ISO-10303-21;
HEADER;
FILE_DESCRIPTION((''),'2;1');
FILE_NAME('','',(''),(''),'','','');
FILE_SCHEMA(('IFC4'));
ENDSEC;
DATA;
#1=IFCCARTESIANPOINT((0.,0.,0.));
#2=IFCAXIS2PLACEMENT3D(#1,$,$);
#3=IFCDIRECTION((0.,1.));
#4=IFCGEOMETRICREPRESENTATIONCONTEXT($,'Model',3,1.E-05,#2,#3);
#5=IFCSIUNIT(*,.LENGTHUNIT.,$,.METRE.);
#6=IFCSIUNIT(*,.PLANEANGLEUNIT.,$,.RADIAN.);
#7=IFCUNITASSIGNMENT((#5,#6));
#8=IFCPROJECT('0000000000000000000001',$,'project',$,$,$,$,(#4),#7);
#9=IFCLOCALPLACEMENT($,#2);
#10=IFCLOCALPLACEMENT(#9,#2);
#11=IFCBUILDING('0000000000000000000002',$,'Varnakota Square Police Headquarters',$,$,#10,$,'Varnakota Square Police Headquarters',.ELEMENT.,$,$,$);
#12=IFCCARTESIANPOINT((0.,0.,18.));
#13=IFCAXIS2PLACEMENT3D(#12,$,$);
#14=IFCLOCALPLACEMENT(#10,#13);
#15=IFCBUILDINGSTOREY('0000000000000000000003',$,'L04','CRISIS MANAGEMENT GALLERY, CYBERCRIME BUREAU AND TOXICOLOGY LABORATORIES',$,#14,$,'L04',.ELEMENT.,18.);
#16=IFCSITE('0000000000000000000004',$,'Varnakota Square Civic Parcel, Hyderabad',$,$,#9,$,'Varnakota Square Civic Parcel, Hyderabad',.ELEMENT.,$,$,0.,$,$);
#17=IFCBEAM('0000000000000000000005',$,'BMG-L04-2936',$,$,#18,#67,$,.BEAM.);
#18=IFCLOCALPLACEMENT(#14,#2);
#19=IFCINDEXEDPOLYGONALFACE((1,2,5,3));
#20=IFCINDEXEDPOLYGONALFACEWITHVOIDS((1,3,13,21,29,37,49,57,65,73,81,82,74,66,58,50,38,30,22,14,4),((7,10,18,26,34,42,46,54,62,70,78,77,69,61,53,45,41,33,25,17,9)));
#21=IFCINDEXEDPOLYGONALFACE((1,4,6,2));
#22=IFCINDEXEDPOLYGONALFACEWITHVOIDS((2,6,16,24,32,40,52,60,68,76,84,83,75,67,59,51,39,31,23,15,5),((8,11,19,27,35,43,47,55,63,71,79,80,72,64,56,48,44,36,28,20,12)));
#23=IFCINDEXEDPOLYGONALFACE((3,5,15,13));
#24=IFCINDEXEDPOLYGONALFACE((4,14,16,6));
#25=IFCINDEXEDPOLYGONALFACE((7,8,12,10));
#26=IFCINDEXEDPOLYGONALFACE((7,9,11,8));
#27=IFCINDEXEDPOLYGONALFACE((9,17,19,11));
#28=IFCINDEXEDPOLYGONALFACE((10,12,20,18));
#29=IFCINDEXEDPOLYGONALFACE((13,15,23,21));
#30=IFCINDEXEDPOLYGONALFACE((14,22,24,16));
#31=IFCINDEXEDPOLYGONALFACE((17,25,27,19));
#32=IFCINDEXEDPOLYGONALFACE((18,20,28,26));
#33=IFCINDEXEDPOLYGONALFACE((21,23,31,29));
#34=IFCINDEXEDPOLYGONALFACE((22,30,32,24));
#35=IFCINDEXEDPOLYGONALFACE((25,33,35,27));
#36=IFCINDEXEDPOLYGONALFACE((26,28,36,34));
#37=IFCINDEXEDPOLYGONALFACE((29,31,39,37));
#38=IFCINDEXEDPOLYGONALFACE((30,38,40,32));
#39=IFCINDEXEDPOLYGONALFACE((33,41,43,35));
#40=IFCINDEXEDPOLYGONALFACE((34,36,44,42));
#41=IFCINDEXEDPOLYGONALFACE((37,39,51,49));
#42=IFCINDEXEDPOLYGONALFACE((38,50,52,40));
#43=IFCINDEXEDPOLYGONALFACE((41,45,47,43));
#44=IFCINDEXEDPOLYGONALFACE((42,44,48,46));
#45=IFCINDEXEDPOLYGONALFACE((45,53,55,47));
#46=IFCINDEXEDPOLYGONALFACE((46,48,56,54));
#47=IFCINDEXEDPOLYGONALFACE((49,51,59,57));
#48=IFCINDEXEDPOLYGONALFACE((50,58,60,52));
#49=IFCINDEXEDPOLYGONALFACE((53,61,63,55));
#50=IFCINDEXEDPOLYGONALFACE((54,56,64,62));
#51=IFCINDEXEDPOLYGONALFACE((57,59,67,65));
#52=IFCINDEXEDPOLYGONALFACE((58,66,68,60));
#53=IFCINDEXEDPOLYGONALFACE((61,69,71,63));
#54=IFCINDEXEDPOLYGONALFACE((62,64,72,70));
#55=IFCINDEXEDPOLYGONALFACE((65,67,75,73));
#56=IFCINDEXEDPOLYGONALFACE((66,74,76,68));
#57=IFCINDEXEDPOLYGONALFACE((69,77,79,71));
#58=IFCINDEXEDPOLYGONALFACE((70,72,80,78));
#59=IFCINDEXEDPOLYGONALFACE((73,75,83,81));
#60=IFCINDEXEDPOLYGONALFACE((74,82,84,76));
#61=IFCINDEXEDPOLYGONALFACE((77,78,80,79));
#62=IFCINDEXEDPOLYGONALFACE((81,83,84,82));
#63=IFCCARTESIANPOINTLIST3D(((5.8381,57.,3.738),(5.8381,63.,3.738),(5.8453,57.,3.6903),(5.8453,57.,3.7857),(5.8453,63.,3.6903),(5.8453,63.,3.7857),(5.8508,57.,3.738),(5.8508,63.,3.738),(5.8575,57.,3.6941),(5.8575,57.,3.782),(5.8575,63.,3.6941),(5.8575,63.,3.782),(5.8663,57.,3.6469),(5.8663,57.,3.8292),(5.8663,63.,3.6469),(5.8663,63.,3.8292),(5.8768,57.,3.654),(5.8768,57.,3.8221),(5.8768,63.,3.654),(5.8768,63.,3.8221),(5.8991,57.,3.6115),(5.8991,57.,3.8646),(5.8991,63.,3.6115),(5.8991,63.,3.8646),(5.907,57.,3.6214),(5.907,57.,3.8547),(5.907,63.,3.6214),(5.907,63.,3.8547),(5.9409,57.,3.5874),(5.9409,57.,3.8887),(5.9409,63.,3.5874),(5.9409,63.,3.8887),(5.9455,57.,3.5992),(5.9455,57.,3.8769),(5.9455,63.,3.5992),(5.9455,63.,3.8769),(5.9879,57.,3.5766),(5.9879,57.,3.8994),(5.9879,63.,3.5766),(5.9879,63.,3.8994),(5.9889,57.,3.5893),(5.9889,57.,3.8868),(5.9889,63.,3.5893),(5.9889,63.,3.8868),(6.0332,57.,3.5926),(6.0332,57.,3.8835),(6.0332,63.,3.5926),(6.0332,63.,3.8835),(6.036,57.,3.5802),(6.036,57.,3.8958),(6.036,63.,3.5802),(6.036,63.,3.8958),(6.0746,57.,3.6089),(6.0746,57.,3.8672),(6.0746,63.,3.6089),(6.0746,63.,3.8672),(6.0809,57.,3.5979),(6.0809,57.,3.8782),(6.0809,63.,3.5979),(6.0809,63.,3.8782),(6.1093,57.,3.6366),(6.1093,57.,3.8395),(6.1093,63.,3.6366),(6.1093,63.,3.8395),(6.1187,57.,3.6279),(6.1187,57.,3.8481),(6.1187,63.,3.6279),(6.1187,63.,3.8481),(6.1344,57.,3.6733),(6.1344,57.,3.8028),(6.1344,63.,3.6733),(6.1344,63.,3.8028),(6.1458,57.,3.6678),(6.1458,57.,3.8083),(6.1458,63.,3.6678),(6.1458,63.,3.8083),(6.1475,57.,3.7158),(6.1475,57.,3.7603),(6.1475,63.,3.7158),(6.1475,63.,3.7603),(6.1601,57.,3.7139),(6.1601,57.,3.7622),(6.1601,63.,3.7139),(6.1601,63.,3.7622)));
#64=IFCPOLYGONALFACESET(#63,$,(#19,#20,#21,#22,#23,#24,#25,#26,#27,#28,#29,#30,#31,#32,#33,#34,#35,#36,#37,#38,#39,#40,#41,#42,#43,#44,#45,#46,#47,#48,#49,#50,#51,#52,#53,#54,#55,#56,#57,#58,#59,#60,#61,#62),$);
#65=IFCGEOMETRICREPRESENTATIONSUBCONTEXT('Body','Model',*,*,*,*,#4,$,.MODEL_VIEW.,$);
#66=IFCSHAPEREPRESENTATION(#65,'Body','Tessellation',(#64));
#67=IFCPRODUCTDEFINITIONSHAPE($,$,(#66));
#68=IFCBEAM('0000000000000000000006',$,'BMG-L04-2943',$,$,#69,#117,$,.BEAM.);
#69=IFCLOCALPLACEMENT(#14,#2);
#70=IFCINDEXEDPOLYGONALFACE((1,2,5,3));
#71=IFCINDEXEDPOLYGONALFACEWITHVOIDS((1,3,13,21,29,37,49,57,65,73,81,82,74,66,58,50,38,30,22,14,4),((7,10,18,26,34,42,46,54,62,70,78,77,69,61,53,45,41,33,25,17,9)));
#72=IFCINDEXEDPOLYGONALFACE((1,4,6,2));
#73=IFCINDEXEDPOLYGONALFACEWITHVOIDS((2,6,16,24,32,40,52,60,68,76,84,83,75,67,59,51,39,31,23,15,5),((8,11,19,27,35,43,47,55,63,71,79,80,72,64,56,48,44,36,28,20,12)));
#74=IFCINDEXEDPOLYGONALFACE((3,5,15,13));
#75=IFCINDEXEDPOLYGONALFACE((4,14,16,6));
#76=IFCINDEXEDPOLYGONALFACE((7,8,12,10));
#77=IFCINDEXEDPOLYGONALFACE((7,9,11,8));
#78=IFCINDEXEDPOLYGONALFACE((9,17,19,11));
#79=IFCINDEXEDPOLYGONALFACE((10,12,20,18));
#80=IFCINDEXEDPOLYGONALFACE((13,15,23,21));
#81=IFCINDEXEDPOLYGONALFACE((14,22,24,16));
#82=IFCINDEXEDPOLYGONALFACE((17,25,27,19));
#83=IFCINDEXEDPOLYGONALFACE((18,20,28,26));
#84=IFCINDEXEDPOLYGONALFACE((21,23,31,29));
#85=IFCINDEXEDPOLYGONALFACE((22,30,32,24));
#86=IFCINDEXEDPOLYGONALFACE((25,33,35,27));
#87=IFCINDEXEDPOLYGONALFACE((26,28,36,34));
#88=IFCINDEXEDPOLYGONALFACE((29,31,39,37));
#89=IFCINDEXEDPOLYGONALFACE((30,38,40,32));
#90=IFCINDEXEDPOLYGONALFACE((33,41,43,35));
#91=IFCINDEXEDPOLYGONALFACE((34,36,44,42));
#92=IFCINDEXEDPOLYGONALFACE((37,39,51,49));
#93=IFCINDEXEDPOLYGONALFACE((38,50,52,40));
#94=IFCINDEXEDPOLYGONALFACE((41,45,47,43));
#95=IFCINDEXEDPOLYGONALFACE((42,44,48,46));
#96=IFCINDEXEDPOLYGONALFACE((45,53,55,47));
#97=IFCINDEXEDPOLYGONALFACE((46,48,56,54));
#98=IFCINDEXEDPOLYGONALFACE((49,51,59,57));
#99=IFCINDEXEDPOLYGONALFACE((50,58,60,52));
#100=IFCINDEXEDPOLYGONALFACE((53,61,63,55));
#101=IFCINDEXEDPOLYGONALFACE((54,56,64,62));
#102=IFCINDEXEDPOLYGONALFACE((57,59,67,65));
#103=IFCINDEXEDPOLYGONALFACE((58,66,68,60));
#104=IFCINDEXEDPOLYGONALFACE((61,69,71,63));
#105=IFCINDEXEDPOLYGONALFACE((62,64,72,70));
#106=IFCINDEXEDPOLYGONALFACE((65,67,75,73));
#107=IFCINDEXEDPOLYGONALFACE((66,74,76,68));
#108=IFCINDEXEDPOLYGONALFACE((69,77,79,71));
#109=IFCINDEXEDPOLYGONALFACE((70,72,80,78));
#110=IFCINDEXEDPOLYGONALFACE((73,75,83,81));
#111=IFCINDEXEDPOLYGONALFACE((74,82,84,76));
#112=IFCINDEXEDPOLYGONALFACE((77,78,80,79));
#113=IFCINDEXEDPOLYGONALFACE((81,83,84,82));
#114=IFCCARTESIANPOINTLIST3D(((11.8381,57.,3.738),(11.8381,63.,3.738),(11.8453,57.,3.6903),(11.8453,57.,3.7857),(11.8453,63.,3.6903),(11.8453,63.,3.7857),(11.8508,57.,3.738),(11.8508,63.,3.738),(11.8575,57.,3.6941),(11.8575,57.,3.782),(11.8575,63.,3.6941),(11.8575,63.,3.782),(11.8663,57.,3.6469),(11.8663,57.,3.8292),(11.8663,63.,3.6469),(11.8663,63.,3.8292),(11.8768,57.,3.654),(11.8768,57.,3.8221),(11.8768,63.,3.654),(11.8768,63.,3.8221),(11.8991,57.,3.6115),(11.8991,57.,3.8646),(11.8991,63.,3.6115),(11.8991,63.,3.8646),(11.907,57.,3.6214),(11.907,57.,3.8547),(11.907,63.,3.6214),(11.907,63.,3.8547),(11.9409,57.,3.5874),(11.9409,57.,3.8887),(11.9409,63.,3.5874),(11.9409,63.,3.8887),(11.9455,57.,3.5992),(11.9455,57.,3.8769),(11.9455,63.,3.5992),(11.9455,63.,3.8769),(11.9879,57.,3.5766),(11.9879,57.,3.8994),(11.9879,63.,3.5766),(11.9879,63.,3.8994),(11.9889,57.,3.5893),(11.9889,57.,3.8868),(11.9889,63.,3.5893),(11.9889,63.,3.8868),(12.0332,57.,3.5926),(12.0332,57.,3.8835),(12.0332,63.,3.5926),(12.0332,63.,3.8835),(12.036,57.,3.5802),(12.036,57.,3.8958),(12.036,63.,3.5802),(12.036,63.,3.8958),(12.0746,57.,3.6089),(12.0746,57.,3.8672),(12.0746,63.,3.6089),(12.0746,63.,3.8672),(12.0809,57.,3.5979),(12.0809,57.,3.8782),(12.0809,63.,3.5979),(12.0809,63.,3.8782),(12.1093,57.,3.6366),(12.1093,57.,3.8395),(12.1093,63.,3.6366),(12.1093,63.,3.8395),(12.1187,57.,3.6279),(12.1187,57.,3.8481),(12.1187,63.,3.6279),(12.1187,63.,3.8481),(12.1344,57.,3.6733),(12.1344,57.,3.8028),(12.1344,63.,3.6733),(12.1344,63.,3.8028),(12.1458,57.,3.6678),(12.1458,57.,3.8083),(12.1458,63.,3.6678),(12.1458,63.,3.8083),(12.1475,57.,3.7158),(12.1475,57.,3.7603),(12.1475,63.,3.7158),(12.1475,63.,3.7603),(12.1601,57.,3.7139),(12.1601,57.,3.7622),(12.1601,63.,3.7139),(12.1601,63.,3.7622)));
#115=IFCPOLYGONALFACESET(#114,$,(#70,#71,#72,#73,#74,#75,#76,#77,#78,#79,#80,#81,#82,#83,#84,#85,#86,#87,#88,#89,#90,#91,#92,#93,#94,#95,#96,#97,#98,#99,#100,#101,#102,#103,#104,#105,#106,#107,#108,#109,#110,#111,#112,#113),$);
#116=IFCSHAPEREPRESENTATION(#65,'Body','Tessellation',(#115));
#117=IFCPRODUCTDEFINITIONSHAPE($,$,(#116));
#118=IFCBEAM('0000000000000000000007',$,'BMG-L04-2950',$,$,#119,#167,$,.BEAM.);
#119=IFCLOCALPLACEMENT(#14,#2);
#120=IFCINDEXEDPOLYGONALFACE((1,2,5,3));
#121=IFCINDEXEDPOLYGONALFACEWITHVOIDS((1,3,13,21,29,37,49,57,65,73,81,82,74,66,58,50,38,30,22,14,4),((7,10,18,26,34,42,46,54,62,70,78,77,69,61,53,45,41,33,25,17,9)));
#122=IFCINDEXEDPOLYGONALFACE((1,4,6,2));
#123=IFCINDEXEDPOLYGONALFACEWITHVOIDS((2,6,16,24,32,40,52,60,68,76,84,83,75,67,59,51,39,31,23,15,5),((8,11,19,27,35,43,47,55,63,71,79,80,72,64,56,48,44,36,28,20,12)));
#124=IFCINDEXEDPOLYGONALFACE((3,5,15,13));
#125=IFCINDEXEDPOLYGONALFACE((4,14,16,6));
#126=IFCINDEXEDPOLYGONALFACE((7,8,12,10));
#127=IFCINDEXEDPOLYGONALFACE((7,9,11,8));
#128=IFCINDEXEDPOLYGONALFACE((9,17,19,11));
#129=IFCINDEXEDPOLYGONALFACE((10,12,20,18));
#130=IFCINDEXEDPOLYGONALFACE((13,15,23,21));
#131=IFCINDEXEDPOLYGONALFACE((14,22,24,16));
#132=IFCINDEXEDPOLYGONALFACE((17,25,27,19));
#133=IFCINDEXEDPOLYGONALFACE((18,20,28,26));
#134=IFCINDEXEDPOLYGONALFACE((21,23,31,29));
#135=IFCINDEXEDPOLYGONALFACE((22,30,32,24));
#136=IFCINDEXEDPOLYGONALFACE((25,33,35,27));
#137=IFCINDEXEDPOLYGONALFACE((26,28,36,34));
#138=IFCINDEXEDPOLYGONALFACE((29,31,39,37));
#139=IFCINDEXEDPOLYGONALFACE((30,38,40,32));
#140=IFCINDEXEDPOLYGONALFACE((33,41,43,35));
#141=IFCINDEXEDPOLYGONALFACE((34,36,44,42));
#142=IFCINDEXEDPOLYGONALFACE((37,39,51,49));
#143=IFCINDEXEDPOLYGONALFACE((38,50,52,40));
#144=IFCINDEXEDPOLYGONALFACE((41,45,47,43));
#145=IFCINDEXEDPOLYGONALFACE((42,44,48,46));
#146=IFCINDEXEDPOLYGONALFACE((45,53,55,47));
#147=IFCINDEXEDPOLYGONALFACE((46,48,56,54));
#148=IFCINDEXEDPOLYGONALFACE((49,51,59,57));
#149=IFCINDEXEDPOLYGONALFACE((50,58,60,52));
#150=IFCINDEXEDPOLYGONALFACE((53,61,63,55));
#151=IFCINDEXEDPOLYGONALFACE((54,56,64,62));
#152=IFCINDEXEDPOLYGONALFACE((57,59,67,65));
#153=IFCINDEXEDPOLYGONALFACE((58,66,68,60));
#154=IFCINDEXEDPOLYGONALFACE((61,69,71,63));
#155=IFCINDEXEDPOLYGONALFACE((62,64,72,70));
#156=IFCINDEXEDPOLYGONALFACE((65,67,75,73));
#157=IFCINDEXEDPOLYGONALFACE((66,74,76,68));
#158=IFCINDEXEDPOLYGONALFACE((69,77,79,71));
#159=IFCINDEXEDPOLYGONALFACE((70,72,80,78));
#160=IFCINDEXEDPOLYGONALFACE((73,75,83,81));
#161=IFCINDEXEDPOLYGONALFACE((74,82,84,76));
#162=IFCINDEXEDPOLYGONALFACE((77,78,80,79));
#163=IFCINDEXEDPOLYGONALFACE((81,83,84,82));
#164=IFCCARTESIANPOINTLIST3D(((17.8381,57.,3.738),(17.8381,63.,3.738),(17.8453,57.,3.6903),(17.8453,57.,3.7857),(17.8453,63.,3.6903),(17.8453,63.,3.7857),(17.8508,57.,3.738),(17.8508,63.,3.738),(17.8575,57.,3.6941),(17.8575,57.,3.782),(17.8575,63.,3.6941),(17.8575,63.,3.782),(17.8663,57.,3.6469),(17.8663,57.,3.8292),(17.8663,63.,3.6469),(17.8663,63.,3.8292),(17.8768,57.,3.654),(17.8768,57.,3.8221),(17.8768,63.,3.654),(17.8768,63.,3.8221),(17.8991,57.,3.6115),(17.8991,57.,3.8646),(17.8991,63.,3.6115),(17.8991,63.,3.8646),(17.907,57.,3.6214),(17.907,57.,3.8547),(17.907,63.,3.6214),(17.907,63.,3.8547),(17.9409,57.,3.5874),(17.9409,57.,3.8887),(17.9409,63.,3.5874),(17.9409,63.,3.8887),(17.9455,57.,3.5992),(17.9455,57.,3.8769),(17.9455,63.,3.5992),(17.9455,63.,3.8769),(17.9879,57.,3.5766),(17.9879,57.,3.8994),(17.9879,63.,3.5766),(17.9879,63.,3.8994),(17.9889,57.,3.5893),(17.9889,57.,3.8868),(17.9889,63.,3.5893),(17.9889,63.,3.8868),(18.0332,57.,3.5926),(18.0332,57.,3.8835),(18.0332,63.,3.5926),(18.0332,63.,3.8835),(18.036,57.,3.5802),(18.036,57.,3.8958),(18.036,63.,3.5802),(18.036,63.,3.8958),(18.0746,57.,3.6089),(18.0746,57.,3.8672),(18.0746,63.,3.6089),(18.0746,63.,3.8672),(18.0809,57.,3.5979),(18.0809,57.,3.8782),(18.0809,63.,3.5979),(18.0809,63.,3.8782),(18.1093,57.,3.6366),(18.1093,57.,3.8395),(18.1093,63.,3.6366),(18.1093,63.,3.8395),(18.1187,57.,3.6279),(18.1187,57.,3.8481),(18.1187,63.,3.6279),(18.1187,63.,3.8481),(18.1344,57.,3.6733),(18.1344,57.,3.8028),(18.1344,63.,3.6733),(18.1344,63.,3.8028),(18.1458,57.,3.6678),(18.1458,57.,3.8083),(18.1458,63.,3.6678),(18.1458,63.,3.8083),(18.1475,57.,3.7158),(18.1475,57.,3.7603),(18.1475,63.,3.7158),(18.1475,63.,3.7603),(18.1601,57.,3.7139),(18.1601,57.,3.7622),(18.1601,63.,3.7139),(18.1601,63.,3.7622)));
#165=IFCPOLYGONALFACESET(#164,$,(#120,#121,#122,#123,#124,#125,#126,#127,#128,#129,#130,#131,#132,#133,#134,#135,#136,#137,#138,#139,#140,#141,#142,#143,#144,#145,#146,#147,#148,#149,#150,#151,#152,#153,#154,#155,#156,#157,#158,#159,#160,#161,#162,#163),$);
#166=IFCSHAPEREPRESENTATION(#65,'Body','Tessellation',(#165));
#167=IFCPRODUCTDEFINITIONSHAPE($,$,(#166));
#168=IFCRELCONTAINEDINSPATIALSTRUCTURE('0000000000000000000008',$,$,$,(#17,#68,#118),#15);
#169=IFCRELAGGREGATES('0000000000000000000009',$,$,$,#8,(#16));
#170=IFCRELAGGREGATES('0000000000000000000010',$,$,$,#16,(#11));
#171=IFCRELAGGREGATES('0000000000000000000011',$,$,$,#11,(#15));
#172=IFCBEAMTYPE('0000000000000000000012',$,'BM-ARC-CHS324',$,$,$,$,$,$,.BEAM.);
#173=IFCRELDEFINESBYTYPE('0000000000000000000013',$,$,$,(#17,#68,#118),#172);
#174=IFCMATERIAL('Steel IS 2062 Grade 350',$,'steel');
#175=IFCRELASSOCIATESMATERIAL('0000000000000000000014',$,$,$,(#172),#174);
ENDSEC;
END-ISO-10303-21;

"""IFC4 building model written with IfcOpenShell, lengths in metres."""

from ifc_helpers import new_model, si_unit, direction, frame, origin, origin_2d, place, context, subcontext, project, spatial, hollow_circle, extrude, material, material_profile, profile_set, type_object, element, save


model = new_model("IFC4")

# Units and contexts
model_context = context("Model", 3, precision=1e-05, world=origin(), true_north=direction((0.0, 1.0)))
body_context = subcontext(model_context, "Body", "Model", "MODEL_VIEW")
ifc_project = project(units=[si_unit("LENGTHUNIT", "METRE"), si_unit("PLANEANGLEUNIT", "RADIAN")], contexts=[model_context])

# Site, building, storey
site_placement = place(None, origin())
site = spatial("IfcSite", under=ifc_project, at=site_placement, Name="Varnakota Square Civic Parcel, Hyderabad", LongName="Varnakota Square Civic Parcel, Hyderabad", CompositionType="ELEMENT", RefElevation=0.0)
building_placement = place(site_placement, origin())
building = spatial("IfcBuilding", under=site, at=building_placement, Name="Varnakota Square Police Headquarters", LongName="Varnakota Square Police Headquarters", CompositionType="ELEMENT")
storey_placement = place(building_placement, frame((0.0, 0.0, 18.0)))
storey = spatial("IfcBuildingStorey", under=building, at=storey_placement, Name="L04", Description="CRISIS MANAGEMENT GALLERY, CYBERCRIME BUREAU AND TOXICOLOGY LABORATORIES", LongName="L04", CompositionType="ELEMENT", Elevation=18.0)

# Shared definitions
ifc_material_1 = material(Name="Steel IS 2062 Grade 350", Category="steel")

# Beams
ifc_material_profile_1 = material_profile(ifc_material_1, hollow_circle(Radius=0.1619, WallThickness=0.0127, at=origin_2d()), Name="CHS 323.9x12.7")
ifc_profile_set_1 = profile_set([ifc_material_profile_1], Name="Steel IS 2062 Grade 350")
beam_type_1 = type_object("IfcBeamType", Name="BM-ARC-CHS324", PredefinedType="BEAM", material=ifc_profile_set_1)
for number, where, z_axis, x_axis, name in (
    (1, (6.0, 57.0, 3.738), (0.0, 1.0, 0.0), (-1.0, 0.0, 0.0), "BMG-L04-2936"),
    (2, (12.0, 57.0, 3.738), (0.0, 1.0, 0.0), (-1.0, 0.0, 0.0), "BMG-L04-2943"),
    (3, (18.0, 57.0, 3.738), (0.0, 1.0, 0.0), (-1.0, 0.0, 0.0), "BMG-L04-2950"),
):
    element("IfcBeam", number, at=place(storey_placement, frame(where, z_axis=z_axis, x_axis=x_axis)), inside=storey, type_object=beam_type_1, Name=name, PredefinedType="BEAM", context=body_context, shape_type="SweptSolid", body=[
        extrude(hollow_circle(Radius=0.1619, WallThickness=0.0127, at=origin_2d()), origin(), (0.0, 0.0, 1.0), 6.0),
    ])

save(model, "model.ifc")
